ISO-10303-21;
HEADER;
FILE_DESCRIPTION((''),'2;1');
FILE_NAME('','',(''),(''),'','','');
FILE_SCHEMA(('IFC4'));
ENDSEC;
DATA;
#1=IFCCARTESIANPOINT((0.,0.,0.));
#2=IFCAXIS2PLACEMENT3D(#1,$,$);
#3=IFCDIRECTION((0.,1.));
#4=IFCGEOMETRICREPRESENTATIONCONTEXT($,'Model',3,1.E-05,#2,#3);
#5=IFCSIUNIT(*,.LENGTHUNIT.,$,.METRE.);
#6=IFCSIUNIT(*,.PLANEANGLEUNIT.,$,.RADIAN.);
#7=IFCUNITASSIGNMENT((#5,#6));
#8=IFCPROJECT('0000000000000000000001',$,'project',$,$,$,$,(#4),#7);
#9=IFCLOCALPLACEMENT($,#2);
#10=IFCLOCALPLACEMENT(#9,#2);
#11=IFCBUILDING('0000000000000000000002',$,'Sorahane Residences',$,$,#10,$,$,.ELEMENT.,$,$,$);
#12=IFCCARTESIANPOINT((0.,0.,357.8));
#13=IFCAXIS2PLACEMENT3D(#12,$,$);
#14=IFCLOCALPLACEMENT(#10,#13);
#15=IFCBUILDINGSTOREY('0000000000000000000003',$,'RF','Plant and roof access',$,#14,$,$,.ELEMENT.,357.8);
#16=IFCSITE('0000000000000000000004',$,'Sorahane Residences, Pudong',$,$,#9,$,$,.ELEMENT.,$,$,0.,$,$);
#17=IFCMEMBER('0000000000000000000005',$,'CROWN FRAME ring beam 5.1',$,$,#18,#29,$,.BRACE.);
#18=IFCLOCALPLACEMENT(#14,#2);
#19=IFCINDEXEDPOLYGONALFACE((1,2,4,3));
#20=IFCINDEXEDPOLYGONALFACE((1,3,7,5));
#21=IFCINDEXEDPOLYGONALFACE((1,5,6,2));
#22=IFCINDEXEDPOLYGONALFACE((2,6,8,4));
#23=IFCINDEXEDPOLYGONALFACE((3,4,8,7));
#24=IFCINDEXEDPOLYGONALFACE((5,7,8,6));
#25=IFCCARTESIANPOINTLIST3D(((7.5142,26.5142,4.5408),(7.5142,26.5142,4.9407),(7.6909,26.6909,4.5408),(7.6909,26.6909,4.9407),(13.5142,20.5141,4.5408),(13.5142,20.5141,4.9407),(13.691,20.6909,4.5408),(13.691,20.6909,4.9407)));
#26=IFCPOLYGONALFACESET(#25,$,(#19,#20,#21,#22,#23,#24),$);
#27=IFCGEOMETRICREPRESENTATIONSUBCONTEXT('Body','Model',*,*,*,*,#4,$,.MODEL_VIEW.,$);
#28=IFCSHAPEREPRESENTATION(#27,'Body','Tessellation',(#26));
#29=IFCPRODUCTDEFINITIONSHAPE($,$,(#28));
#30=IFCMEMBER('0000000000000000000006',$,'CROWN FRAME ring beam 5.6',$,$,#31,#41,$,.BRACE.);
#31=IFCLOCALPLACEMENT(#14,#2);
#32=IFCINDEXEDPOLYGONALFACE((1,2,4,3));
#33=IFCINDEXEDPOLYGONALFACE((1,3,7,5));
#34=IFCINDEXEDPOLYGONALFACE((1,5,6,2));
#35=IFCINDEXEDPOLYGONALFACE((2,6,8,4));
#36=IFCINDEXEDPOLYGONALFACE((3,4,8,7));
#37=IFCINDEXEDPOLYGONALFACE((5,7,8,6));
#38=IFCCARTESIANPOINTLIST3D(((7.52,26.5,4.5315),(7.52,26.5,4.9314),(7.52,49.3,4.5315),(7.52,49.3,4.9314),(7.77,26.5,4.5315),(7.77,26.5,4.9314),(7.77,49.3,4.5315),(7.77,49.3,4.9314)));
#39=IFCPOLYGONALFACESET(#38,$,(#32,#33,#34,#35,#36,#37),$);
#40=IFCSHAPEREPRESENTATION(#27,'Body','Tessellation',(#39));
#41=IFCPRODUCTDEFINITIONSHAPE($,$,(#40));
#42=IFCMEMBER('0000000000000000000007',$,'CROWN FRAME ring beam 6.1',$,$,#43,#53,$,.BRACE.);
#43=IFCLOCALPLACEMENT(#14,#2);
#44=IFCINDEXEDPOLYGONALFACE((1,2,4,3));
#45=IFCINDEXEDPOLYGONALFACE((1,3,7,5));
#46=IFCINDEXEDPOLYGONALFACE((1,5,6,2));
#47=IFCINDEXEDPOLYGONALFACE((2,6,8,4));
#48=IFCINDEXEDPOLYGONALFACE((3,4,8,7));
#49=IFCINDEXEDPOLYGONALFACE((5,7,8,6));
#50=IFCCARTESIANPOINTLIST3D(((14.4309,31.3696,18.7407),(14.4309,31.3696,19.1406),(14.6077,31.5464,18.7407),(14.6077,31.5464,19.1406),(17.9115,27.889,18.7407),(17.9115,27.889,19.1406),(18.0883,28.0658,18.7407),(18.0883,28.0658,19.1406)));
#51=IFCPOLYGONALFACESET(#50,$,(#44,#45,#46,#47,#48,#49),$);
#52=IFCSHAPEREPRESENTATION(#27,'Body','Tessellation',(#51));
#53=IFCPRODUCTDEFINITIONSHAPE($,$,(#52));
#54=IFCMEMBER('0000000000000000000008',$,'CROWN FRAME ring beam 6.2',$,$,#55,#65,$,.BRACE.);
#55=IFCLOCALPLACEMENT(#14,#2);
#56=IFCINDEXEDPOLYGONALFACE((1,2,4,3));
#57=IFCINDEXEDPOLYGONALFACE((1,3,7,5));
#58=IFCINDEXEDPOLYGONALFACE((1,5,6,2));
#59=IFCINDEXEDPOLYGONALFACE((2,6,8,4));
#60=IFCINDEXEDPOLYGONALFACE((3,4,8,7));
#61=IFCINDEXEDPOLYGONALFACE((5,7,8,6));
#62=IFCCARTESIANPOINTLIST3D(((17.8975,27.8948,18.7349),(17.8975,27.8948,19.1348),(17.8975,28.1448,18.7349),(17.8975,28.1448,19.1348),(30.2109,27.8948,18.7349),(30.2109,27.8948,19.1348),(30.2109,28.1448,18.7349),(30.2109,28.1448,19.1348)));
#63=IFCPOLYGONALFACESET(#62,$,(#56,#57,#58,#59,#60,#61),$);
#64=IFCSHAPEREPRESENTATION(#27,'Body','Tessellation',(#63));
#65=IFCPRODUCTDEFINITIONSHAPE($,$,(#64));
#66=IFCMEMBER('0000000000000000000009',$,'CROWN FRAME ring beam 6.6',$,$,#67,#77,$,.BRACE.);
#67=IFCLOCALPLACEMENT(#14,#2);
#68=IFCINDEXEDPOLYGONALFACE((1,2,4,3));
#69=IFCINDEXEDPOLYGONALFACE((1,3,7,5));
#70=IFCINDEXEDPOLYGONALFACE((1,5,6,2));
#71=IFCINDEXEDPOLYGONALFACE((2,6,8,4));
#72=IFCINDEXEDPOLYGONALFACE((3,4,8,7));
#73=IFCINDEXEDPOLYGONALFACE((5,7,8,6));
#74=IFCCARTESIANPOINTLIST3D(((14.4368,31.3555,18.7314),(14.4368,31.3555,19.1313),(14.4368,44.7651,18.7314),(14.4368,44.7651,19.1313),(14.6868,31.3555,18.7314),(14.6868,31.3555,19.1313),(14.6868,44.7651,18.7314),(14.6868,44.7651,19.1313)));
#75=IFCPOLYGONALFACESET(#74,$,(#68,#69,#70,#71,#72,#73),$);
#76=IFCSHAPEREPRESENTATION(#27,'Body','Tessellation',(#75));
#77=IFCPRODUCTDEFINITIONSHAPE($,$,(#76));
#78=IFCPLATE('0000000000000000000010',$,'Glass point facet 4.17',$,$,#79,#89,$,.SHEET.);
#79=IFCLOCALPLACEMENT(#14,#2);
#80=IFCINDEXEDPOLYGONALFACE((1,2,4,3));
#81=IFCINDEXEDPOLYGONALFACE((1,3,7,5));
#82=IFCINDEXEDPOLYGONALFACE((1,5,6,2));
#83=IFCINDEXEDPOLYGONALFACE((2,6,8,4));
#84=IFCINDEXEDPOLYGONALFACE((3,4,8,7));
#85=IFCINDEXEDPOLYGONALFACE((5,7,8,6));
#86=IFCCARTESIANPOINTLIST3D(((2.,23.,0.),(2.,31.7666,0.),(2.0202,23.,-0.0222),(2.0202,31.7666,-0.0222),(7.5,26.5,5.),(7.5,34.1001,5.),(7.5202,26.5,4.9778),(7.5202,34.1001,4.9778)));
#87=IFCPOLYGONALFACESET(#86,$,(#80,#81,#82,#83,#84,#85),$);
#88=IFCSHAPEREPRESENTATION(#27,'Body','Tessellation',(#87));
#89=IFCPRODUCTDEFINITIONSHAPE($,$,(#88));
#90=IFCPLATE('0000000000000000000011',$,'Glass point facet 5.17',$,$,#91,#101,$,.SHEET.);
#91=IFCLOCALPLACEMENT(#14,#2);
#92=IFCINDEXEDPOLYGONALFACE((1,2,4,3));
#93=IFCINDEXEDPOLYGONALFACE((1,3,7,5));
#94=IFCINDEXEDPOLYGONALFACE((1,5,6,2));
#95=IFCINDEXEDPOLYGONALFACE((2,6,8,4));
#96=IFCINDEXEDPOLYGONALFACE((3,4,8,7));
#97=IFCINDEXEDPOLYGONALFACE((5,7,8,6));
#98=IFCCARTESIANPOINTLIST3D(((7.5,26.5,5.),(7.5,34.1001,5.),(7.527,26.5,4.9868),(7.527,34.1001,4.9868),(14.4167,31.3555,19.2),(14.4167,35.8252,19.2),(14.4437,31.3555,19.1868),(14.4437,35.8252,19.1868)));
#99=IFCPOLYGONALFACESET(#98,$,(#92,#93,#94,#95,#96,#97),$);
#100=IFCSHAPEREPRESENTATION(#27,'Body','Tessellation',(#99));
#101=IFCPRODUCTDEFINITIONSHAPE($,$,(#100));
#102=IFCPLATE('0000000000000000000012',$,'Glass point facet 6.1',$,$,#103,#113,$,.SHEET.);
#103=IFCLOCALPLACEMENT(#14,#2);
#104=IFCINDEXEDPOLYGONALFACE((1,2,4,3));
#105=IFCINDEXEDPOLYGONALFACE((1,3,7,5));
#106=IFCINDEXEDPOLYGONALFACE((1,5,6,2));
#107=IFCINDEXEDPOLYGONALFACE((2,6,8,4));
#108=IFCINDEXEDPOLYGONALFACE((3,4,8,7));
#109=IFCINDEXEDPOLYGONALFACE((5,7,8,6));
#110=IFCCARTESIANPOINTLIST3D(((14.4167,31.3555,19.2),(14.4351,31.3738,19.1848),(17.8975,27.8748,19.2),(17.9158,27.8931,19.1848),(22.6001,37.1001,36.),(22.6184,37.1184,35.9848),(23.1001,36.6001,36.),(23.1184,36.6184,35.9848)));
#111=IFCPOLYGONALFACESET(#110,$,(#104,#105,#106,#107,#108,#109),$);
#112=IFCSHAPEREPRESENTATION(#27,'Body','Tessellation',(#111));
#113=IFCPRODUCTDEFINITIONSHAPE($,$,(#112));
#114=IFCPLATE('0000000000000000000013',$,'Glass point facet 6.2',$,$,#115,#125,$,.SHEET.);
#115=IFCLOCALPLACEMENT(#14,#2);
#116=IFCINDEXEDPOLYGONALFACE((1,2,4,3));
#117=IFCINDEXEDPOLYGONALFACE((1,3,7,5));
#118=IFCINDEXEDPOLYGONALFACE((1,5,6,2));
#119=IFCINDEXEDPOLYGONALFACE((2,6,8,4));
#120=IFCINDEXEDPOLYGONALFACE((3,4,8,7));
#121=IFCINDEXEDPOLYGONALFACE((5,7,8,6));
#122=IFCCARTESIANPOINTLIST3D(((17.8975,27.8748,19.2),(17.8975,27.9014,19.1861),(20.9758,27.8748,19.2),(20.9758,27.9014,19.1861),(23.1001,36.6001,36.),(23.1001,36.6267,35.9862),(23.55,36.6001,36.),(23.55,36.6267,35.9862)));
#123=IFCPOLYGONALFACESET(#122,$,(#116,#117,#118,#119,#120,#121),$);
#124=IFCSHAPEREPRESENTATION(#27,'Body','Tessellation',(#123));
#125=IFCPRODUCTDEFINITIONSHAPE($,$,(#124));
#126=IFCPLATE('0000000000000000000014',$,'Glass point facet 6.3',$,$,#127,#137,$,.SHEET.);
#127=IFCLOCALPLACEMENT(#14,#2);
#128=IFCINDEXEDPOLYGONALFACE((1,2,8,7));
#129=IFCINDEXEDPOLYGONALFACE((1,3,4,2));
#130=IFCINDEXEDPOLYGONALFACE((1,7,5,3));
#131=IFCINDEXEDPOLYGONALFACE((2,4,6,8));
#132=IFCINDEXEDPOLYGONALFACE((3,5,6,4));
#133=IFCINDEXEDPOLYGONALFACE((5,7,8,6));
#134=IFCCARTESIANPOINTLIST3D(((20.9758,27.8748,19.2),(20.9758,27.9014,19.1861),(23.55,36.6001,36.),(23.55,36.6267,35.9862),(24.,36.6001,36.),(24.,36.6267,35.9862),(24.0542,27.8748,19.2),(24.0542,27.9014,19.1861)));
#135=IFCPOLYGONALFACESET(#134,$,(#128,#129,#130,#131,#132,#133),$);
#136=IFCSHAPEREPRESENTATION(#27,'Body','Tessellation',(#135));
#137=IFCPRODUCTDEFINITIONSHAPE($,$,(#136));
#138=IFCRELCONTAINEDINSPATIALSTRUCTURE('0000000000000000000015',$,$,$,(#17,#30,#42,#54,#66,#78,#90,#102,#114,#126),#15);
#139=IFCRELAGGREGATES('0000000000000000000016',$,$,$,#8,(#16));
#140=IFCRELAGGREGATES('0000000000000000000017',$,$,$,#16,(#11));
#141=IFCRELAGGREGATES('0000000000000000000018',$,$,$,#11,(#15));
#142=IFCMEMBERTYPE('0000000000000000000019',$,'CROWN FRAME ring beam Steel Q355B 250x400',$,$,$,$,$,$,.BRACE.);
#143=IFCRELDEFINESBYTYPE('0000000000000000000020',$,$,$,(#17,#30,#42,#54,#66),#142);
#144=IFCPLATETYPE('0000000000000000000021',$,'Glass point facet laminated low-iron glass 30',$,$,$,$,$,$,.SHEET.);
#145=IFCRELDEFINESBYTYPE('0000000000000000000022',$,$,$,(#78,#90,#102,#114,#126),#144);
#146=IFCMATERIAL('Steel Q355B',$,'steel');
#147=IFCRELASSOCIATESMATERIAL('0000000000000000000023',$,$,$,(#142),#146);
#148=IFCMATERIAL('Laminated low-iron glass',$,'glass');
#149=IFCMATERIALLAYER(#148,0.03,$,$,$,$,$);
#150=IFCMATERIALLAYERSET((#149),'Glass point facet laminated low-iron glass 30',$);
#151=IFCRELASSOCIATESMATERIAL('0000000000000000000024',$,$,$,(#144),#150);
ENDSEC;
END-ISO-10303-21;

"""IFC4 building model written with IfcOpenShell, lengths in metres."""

from ifc_helpers import new_model, si_unit, direction, frame, origin, origin_2d, place, context, subcontext, project, spatial, polyline, rectangle, outline, extrude, material, layer, layer_set, material_profile, profile_set, type_object, element, save


model = new_model("IFC4")

# Units and contexts
model_context = context("Model", 3, precision=1e-05, world=origin(), true_north=direction((0.0, 1.0)))
body_context = subcontext(model_context, "Body", "Model", "MODEL_VIEW")
ifc_project = project(units=[si_unit("LENGTHUNIT", "METRE"), si_unit("PLANEANGLEUNIT", "RADIAN")], contexts=[model_context])

# Site, building, storey
site_placement = place(None, origin())
site = spatial("IfcSite", under=ifc_project, at=site_placement, Name="Sorahane Residences, Pudong", CompositionType="ELEMENT", RefElevation=0.0)
building_placement = place(site_placement, origin())
building = spatial("IfcBuilding", under=site, at=building_placement, Name="Sorahane Residences", CompositionType="ELEMENT")
storey_placement = place(building_placement, frame((0.0, 0.0, 357.8)))
storey = spatial("IfcBuildingStorey", under=building, at=storey_placement, Name="RF", Description="Plant and roof access", CompositionType="ELEMENT", Elevation=357.8)

# Members
ifc_material_1 = material(Name="Steel Q355B", Category="steel")
ifc_material_profile_1 = material_profile(ifc_material_1, rectangle(XDim=0.25, YDim=0.3999, at=origin_2d()), Name="CROWN FRAME ring beam Steel Q355B 250x400")
ifc_profile_set_1 = profile_set([ifc_material_profile_1], Name="Steel Q355B")
member_type_1 = type_object("IfcMemberType", Name="CROWN FRAME ring beam Steel Q355B 250x400", PredefinedType="BRACE", material=ifc_profile_set_1)
member_1_placement = place(storey_placement, frame((7.6025, 26.6025, 4.7407), z_axis=(0.707107, -0.707107, 0.0), x_axis=(0.707107, 0.707107, 0.0)))
element("IfcMember", 1, at=member_1_placement, inside=storey, type_object=member_type_1, Name="CROWN FRAME ring beam 5.1", PredefinedType="BRACE", context=body_context, shape_type="SweptSolid", body=[
    extrude(rectangle(XDim=0.25, YDim=0.3999, at=origin_2d()), origin(), (0.0, 0.0, 1.0), 8.4854),
])
member_2_placement = place(storey_placement, frame((7.645, 26.5, 4.7314), z_axis=(0.0, 1.0, 0.0), x_axis=(-1.0, 0.0, 0.0)))
element("IfcMember", 2, at=member_2_placement, inside=storey, type_object=member_type_1, Name="CROWN FRAME ring beam 5.6", PredefinedType="BRACE", context=body_context, shape_type="SweptSolid", body=[
    extrude(rectangle(XDim=0.25, YDim=0.3999, at=origin_2d()), origin(), (0.0, 0.0, 1.0), 22.8),
])
member_3_placement = place(storey_placement, frame((14.5193, 31.458, 18.9407), z_axis=(0.707107, -0.707107, 0.0), x_axis=(0.707107, 0.707107, 0.0)))
element("IfcMember", 3, at=member_3_placement, inside=storey, type_object=member_type_1, Name="CROWN FRAME ring beam 6.1", PredefinedType="BRACE", context=body_context, shape_type="SweptSolid", body=[
    extrude(rectangle(XDim=0.25, YDim=0.3999, at=origin_2d()), origin(), (0.0, 0.0, 1.0), 4.9224),
])
member_4_placement = place(storey_placement, frame((17.8975, 28.0198, 18.9348), z_axis=(1.0, 0.0, 0.0), x_axis=(0.0, 1.0, 0.0)))
element("IfcMember", 4, at=member_4_placement, inside=storey, type_object=member_type_1, Name="CROWN FRAME ring beam 6.2", PredefinedType="BRACE", context=body_context, shape_type="SweptSolid", body=[
    extrude(rectangle(XDim=0.25, YDim=0.3999, at=origin_2d()), origin(), (0.0, 0.0, 1.0), 12.3135),
])
member_5_placement = place(storey_placement, frame((14.5618, 31.3555, 18.9314), z_axis=(0.0, 1.0, 0.0), x_axis=(-1.0, 0.0, 0.0)))
element("IfcMember", 5, at=member_5_placement, inside=storey, type_object=member_type_1, Name="CROWN FRAME ring beam 6.6", PredefinedType="BRACE", context=body_context, shape_type="SweptSolid", body=[
    extrude(rectangle(XDim=0.25, YDim=0.3999, at=origin_2d()), origin(), (0.0, 0.0, 1.0), 13.4097),
])

# Plates
ifc_material_2 = material(Name="Laminated low-iron glass", Category="glass")
ifc_layer = layer(ifc_material_2, 0.03)
ifc_layer_set = layer_set([ifc_layer], Name="Glass point facet laminated low-iron glass 30")
plate_type = type_object("IfcPlateType", Name="Glass point facet laminated low-iron glass 30", PredefinedType="SHEET", material=ifc_layer_set)
plate_1_placement = place(storey_placement, frame((2.0, 31.7666, 0.0), z_axis=(-0.672673, 0.0, 0.73994), x_axis=(0.0, -1.0, 0.0)))
element("IfcPlate", 6, at=plate_1_placement, inside=storey, type_object=plate_type, Name="Glass point facet 4.17", PredefinedType="SHEET", context=body_context, shape_type="SweptSolid", body=[
    extrude(outline(polyline([(0.0, 0.0), (8.7666, 0.0), (5.2666, 7.433), (-2.3335, 7.433), (0.0, 0.0)])), origin(), (0.0, 0.0, -1.0), 0.03),
])
plate_2_placement = place(storey_placement, frame((7.5, 34.1001, 5.0), z_axis=(-0.899019, 0.0, 0.437909), x_axis=(0.0, -1.0, 0.0)))
element("IfcPlate", 7, at=plate_2_placement, inside=storey, type_object=plate_type, Name="Glass point facet 5.17", PredefinedType="SHEET", context=body_context, shape_type="SweptSolid", body=[
    extrude(outline(polyline([(0.0, 0.0), (7.6001, 0.0), (2.7446, 15.7949), (-1.7251, 15.7949), (0.0, 0.0)])), origin(), (0.0, 0.0, -1.0), 0.03),
])
plate_3_placement = place(storey_placement, frame((14.4167, 31.3555, 19.2), z_axis=(-0.610015, -0.610015, 0.50573), x_axis=(0.707107, -0.707107, 0.0)))
element("IfcPlate", 8, at=plate_3_placement, inside=storey, type_object=plate_type, Name="Glass point facet 6.1", PredefinedType="SHEET", context=body_context, shape_type="SweptSolid", body=[
    extrude(outline(polyline([(0.0, 0.0), (4.9225, 0.0), (2.4315, 19.474), (1.7244, 19.474), (0.0, 0.0)])), origin(), (0.0, 0.0, -1.0), 0.03),
])
plate_4_placement = place(storey_placement, frame((17.8975, 27.8748, 19.2), z_axis=(0.0, -0.887448, 0.460908), x_axis=(1.0, 0.0, 0.0)))
element("IfcPlate", 9, at=plate_4_placement, inside=storey, type_object=plate_type, Name="Glass point facet 6.2", PredefinedType="SHEET", context=body_context, shape_type="SweptSolid", body=[
    extrude(outline(polyline([(0.0, 0.0), (3.0784, 0.0), (5.6526, 18.9307), (5.2026, 18.9307), (0.0, 0.0)])), origin(), (0.0, 0.0, -1.0), 0.03),
])
plate_5_placement = place(storey_placement, frame((20.9758, 27.8748, 19.2), z_axis=(0.0, -0.887448, 0.460908), x_axis=(1.0, 0.0, 0.0)))
element("IfcPlate", 10, at=plate_5_placement, inside=storey, type_object=plate_type, Name="Glass point facet 6.3", PredefinedType="SHEET", context=body_context, shape_type="SweptSolid", body=[
    extrude(outline(polyline([(0.0, 0.0), (3.0784, 0.0), (3.0242, 18.9307), (2.5742, 18.9307), (0.0, 0.0)])), origin(), (0.0, 0.0, -1.0), 0.03),
])

save(model, "model.ifc")
